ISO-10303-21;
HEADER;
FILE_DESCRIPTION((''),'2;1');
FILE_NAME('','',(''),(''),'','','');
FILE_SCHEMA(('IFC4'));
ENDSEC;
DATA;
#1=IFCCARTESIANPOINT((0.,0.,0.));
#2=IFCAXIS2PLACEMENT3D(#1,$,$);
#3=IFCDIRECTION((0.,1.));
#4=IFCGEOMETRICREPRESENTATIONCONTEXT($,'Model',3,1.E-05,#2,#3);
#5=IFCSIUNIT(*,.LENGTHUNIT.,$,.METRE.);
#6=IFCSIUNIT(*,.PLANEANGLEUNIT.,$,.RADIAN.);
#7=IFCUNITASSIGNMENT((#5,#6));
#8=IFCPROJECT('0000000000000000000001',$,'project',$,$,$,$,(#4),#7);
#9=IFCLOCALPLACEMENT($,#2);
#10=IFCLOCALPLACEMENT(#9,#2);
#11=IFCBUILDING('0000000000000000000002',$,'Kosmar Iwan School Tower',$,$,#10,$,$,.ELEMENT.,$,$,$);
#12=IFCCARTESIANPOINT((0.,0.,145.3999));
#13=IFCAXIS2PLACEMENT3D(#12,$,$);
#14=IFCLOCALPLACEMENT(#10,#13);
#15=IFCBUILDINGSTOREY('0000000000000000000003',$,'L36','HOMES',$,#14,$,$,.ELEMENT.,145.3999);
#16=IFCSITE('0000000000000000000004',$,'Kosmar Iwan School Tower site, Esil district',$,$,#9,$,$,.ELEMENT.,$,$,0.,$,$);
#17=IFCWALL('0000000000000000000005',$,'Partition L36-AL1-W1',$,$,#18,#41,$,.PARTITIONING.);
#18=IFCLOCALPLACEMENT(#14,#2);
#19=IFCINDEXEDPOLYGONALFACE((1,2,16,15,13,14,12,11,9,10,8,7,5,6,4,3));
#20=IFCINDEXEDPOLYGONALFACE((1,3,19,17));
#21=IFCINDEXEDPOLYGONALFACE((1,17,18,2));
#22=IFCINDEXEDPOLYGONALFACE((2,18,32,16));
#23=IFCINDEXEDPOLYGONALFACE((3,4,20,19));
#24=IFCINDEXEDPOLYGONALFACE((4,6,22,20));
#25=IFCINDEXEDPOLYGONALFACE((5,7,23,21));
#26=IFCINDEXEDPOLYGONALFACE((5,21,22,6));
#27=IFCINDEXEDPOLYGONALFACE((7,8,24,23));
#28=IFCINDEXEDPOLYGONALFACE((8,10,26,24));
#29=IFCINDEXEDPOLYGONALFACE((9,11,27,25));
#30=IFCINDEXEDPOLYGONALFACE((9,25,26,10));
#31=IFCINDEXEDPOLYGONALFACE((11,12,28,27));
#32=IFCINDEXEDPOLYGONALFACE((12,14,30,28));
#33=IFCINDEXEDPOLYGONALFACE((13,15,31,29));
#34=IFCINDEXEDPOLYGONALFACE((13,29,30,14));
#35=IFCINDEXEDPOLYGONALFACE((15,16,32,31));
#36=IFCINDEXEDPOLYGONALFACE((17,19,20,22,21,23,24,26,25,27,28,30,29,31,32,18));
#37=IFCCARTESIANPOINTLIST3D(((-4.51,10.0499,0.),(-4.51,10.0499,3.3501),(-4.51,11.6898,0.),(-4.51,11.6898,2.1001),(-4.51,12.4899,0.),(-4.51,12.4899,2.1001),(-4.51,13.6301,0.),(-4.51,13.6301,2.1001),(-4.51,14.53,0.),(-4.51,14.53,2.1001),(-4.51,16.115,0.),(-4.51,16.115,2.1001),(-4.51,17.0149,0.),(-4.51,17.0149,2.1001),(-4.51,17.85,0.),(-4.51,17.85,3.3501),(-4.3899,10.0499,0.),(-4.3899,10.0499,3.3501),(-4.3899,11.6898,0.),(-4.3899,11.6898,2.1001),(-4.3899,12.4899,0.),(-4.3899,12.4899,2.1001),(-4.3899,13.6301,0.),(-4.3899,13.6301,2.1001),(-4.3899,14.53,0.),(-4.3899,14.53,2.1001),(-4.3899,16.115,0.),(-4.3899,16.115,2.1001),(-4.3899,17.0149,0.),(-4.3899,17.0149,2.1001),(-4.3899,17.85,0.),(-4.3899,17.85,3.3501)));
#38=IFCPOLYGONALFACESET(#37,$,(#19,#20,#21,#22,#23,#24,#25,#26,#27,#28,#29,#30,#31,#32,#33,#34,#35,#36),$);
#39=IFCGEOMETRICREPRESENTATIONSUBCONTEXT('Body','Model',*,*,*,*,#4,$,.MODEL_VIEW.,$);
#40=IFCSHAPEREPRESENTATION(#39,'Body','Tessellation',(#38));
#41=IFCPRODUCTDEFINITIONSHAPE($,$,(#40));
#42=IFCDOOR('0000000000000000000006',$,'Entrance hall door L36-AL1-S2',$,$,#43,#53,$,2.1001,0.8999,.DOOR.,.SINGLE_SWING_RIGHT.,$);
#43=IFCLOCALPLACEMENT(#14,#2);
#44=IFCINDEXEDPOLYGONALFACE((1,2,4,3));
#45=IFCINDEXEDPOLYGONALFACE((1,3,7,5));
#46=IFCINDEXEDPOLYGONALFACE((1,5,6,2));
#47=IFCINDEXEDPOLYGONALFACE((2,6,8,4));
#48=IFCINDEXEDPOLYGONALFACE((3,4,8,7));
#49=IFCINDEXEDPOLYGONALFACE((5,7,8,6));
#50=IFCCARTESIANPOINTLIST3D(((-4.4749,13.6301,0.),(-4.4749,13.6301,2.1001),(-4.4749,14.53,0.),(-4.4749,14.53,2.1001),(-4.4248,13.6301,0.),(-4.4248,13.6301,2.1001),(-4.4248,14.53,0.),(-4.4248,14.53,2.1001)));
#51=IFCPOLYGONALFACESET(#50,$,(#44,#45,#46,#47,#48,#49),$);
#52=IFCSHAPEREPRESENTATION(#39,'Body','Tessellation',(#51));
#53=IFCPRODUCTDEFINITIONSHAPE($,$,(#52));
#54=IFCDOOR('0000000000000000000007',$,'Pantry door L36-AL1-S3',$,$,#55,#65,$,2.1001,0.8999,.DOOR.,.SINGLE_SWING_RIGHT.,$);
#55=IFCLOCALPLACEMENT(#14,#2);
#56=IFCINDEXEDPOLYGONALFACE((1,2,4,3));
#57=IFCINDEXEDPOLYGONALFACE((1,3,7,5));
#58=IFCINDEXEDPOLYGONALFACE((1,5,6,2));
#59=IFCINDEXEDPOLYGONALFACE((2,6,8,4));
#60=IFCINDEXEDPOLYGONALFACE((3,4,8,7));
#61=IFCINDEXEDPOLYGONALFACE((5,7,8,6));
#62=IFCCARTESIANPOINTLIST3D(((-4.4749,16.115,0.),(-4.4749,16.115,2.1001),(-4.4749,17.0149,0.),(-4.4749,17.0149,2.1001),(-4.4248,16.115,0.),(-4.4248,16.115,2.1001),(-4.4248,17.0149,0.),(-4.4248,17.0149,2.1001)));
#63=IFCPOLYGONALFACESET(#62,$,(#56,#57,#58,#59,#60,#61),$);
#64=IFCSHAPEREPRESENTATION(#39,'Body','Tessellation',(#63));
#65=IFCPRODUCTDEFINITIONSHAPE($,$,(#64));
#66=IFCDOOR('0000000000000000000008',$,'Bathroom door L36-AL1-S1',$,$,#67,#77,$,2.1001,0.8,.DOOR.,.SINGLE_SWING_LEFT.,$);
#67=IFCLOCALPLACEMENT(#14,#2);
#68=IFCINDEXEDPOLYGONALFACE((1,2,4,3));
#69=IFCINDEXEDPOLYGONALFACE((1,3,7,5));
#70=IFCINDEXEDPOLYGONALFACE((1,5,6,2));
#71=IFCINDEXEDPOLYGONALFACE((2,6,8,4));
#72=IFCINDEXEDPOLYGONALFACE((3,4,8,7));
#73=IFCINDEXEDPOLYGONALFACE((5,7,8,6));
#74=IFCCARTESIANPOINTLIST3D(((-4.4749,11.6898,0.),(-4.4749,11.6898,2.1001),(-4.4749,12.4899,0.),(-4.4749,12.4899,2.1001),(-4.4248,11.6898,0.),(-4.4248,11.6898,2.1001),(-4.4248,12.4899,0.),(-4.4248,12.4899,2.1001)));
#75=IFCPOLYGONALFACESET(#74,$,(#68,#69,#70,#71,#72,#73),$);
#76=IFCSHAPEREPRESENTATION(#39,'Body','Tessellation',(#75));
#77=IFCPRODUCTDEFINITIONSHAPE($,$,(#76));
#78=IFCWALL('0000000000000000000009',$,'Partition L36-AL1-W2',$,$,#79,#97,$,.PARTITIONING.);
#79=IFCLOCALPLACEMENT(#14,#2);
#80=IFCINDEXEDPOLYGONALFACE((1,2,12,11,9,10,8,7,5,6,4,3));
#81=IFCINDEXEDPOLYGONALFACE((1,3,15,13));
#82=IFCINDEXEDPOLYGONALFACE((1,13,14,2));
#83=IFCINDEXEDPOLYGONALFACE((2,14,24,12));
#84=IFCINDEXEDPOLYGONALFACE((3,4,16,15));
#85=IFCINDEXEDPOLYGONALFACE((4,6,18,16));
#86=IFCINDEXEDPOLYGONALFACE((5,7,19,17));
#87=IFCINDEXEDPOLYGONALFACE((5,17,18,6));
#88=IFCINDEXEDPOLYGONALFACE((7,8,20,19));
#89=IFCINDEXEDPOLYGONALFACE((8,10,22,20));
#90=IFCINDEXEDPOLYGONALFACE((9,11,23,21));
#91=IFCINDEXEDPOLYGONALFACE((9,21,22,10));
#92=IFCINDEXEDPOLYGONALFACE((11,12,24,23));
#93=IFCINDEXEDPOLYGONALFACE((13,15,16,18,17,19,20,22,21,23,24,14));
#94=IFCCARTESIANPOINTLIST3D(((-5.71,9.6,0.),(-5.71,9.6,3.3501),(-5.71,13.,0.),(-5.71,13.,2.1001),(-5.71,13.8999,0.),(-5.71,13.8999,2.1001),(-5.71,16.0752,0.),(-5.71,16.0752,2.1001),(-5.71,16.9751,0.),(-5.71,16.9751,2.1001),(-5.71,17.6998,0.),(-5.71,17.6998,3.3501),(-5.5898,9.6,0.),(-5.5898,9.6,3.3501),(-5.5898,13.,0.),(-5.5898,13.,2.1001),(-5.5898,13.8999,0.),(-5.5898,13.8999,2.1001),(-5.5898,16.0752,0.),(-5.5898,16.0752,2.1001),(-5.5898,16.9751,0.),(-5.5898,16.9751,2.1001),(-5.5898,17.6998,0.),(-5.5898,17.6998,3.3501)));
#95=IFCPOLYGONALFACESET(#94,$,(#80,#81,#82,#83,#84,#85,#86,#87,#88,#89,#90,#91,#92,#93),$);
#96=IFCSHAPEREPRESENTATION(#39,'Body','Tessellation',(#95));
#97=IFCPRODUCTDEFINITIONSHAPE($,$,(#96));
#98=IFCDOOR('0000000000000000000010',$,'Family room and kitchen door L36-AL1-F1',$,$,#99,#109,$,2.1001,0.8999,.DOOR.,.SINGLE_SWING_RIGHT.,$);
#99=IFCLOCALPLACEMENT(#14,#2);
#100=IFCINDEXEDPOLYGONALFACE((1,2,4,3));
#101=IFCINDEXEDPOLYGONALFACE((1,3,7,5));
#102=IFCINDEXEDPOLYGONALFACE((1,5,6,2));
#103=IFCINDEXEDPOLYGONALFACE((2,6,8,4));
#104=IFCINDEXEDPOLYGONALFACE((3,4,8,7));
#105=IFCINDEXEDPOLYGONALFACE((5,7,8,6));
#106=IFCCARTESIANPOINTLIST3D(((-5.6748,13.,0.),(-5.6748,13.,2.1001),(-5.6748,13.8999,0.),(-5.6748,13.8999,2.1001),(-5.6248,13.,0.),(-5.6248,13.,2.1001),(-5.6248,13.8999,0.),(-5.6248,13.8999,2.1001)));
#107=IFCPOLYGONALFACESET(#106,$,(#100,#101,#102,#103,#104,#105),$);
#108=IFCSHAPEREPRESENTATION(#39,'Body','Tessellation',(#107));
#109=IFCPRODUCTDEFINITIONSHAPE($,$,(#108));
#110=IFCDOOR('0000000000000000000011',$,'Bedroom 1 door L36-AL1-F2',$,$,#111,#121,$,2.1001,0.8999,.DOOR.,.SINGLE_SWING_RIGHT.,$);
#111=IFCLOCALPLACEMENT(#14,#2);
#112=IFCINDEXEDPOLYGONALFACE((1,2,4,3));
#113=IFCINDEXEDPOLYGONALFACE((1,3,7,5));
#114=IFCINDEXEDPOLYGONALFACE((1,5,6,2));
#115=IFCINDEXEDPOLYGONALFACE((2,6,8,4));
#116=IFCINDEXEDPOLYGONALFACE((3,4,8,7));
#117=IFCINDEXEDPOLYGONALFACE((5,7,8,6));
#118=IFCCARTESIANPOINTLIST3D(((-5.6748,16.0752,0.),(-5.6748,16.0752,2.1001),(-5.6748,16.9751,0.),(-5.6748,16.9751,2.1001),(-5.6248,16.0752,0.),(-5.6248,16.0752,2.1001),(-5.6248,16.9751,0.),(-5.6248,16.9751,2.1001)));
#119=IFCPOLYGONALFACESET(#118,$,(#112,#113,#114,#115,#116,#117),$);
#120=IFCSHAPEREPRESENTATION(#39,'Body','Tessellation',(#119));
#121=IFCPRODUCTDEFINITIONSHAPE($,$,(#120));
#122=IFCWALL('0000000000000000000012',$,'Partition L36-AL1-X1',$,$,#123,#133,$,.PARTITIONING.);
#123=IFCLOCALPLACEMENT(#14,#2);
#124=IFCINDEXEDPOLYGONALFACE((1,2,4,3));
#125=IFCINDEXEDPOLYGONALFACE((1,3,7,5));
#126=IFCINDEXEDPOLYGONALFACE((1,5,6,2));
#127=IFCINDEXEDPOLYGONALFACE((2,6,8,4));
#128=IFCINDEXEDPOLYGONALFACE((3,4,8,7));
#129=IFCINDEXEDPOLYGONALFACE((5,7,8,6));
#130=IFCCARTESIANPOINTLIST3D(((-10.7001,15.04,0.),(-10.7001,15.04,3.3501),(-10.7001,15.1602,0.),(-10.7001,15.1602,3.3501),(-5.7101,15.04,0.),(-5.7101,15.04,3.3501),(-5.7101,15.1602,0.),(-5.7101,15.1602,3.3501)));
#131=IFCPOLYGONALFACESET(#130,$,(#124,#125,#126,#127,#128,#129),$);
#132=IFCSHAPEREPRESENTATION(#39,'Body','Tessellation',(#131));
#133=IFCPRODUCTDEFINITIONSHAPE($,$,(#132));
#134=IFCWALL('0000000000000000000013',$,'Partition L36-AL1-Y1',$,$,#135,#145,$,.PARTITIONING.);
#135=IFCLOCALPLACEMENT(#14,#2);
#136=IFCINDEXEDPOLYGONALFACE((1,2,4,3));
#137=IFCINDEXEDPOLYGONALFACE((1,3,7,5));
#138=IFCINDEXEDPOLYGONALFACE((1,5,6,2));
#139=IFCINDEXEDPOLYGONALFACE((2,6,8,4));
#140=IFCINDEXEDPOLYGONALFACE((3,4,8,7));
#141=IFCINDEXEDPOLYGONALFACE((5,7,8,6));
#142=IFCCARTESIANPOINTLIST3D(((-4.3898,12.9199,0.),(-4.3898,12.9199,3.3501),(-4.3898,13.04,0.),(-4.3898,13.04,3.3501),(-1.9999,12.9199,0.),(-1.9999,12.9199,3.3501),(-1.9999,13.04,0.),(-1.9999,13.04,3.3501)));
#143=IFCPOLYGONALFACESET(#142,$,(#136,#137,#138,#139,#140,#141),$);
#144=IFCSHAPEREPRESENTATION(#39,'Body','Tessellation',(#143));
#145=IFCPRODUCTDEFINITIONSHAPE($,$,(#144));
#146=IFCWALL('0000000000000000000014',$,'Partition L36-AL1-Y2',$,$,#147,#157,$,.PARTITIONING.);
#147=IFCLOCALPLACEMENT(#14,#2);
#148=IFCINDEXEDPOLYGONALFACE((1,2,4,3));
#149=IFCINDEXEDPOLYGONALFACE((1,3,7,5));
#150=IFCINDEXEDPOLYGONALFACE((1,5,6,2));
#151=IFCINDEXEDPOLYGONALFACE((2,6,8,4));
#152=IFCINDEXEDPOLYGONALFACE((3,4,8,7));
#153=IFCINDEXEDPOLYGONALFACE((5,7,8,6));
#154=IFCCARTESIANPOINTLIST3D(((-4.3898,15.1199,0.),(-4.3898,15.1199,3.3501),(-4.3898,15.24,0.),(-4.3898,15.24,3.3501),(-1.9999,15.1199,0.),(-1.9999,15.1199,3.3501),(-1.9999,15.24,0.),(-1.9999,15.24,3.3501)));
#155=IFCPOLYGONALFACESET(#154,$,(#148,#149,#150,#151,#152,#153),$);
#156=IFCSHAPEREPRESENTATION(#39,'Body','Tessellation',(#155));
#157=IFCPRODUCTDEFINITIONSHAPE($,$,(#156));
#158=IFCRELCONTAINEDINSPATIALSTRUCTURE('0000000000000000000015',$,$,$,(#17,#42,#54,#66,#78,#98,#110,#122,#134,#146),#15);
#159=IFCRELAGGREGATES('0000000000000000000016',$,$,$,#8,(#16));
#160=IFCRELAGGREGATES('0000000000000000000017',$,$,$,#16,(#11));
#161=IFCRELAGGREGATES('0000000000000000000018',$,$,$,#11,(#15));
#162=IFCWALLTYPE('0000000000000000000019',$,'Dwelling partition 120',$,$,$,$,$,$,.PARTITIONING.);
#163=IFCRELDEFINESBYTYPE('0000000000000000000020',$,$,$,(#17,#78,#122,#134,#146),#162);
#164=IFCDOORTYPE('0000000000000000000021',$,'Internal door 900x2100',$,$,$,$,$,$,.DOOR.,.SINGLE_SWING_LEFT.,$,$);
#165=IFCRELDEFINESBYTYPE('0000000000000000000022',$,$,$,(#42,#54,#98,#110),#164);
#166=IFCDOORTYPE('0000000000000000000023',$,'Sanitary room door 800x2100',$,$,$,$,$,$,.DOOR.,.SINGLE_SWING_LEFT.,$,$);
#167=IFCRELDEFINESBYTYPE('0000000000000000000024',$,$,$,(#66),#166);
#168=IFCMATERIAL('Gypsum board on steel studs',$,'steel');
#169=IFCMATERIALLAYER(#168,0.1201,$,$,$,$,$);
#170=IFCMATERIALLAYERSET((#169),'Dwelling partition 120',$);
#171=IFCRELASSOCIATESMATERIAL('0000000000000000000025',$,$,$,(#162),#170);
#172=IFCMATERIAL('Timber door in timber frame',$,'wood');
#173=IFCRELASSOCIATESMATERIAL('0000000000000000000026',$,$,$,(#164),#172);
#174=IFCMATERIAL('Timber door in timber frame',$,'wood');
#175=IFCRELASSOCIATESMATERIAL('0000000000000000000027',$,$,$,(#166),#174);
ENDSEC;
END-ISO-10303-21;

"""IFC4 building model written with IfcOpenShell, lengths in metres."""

from ifc_helpers import new_model, si_unit, direction, frame, frame_2d, origin, place, context, subcontext, project, spatial, rectangle, extrude, material, layer, layer_set, type_object, element, fill, save


model = new_model("IFC4")

# Units and contexts
model_context = context("Model", 3, precision=1e-05, world=origin(), true_north=direction((0.0, 1.0)))
body_context = subcontext(model_context, "Body", "Model", "MODEL_VIEW")
ifc_project = project(units=[si_unit("LENGTHUNIT", "METRE"), si_unit("PLANEANGLEUNIT", "RADIAN")], contexts=[model_context])

# Site, building, storey
site_placement = place(None, origin())
site = spatial("IfcSite", under=ifc_project, at=site_placement, Name="Kosmar Iwan School Tower site, Esil district", CompositionType="ELEMENT", RefElevation=0.0)
building_placement = place(site_placement, origin())
building = spatial("IfcBuilding", under=site, at=building_placement, Name="Kosmar Iwan School Tower", CompositionType="ELEMENT")
storey_placement = place(building_placement, frame((0.0, 0.0, 145.3999)))
storey = spatial("IfcBuildingStorey", under=building, at=storey_placement, Name="L36", Description="HOMES", CompositionType="ELEMENT", Elevation=145.3999)

# Walls, openings, doors
ifc_material_1 = material(Name="Gypsum board on steel studs", Category="steel")
ifc_layer_1 = layer(ifc_material_1, 0.1201)
ifc_layer_set_1 = layer_set([ifc_layer_1], Name="Dwelling partition 120")
wall_type_1 = type_object("IfcWallType", Name="Dwelling partition 120", PredefinedType="PARTITIONING", material=ifc_layer_set_1)
wall_1_placement = place(storey_placement, frame((-4.45, 10.05, 0.0), z_axis=(0.0, 0.0, 1.0), x_axis=(0.0, 1.0, 0.0)))
wall_1 = element("IfcWall", 1, at=wall_1_placement, inside=storey, type_object=wall_type_1, Name="Partition L36-AL1-W1", PredefinedType="PARTITIONING", context=body_context, shape_type="SweptSolid", body=[
    extrude(rectangle(XDim=7.8, YDim=0.1201, at=frame_2d((3.8999, 0.0))), origin(), (0.0, 0.0, 1.0), 3.3501),
])
opening_1_placement = place(wall_1_placement, frame((1.6399, 0.0, 0.0)))
opening_1 = element("IfcOpeningElement", 2, at=opening_1_placement, cuts=wall_1, PredefinedType="OPENING", context=body_context, shape_type="SweptSolid", body=[
    extrude(rectangle(XDim=0.8, YDim=2.1001, at=frame_2d((0.3999, 1.05))), frame((0.0, 0.072, 0.0), z_axis=(0.0, -1.0, 0.0), x_axis=(1.0, 0.0, 0.0)), (0.0, 0.0, 1.0), 0.144),
])
opening_2_placement = place(wall_1_placement, frame((3.5801, 0.0, 0.0)))
opening_2 = element("IfcOpeningElement", 3, at=opening_2_placement, cuts=wall_1, PredefinedType="OPENING", context=body_context, shape_type="SweptSolid", body=[
    extrude(rectangle(XDim=0.8999, YDim=2.1001, at=frame_2d((0.45, 1.05))), frame((0.0, 0.072, 0.0), z_axis=(0.0, -1.0, 0.0), x_axis=(1.0, 0.0, 0.0)), (0.0, 0.0, 1.0), 0.144),
])
opening_3_placement = place(wall_1_placement, frame((6.0649, 0.0, 0.0)))
opening_3 = element("IfcOpeningElement", 4, at=opening_3_placement, cuts=wall_1, PredefinedType="OPENING", context=body_context, shape_type="SweptSolid", body=[
    extrude(rectangle(XDim=0.8999, YDim=2.1001, at=frame_2d((0.45, 1.05))), frame((0.0, 0.072, 0.0), z_axis=(0.0, -1.0, 0.0), x_axis=(1.0, 0.0, 0.0)), (0.0, 0.0, 1.0), 0.144),
])
ifc_material_2 = material(Name="Timber door in timber frame", Category="wood")
door_type_1 = type_object("IfcDoorType", Name="Internal door 900x2100", OperationType="SINGLE_SWING_LEFT", PredefinedType="DOOR", material=ifc_material_2)
door_1_placement = place(opening_2_placement, origin())
door_1 = element("IfcDoor", 5, at=door_1_placement, inside=storey, type_object=door_type_1, Name="Entrance hall door L36-AL1-S2", OperationType="SINGLE_SWING_RIGHT", OverallHeight=2.1001, OverallWidth=0.8999, PredefinedType="DOOR", context=body_context, shape_type="SweptSolid", body=[
    extrude(rectangle(XDim=0.8999, YDim=2.1001, at=frame_2d((0.45, 1.05))), frame((0.0, 0.0249, 0.0), z_axis=(0.0, -1.0, 0.0), x_axis=(1.0, 0.0, 0.0)), (0.0, 0.0, 1.0), 0.05),
])
fill(opening_2, door_1)
door_2_placement = place(opening_3_placement, origin())
door_2 = element("IfcDoor", 6, at=door_2_placement, inside=storey, type_object=door_type_1, Name="Pantry door L36-AL1-S3", OperationType="SINGLE_SWING_RIGHT", OverallHeight=2.1001, OverallWidth=0.8999, PredefinedType="DOOR", context=body_context, shape_type="SweptSolid", body=[
    extrude(rectangle(XDim=0.8999, YDim=2.1001, at=frame_2d((0.45, 1.05))), frame((0.0, 0.0249, 0.0), z_axis=(0.0, -1.0, 0.0), x_axis=(1.0, 0.0, 0.0)), (0.0, 0.0, 1.0), 0.05),
])
fill(opening_3, door_2)
ifc_material_3 = material(Name="Timber door in timber frame", Category="wood")
door_type_2 = type_object("IfcDoorType", Name="Sanitary room door 800x2100", OperationType="SINGLE_SWING_LEFT", PredefinedType="DOOR", material=ifc_material_3)
door_3_placement = place(opening_1_placement, origin())
door_3 = element("IfcDoor", 7, at=door_3_placement, inside=storey, type_object=door_type_2, Name="Bathroom door L36-AL1-S1", OperationType="SINGLE_SWING_LEFT", OverallHeight=2.1001, OverallWidth=0.8, PredefinedType="DOOR", context=body_context, shape_type="SweptSolid", body=[
    extrude(rectangle(XDim=0.8, YDim=2.1001, at=frame_2d((0.3999, 1.05))), frame((0.0, 0.0249, 0.0), z_axis=(0.0, -1.0, 0.0), x_axis=(1.0, 0.0, 0.0)), (0.0, 0.0, 1.0), 0.05),
])
fill(opening_1, door_3)
wall_2_placement = place(storey_placement, frame((-5.6499, 9.6001, 0.0), z_axis=(0.0, 0.0, 1.0), x_axis=(0.0, 1.0, 0.0)))
wall_2 = element("IfcWall", 8, at=wall_2_placement, inside=storey, type_object=wall_type_1, Name="Partition L36-AL1-W2", PredefinedType="PARTITIONING", context=body_context, shape_type="SweptSolid", body=[
    extrude(rectangle(XDim=8.0999, YDim=0.1201, at=frame_2d((4.0498, 0.0))), origin(), (0.0, 0.0, 1.0), 3.3501),
])
opening_4_placement = place(wall_2_placement, frame((3.3999, 0.0, 0.0)))
opening_4 = element("IfcOpeningElement", 9, at=opening_4_placement, cuts=wall_2, PredefinedType="OPENING", context=body_context, shape_type="SweptSolid", body=[
    extrude(rectangle(XDim=0.8999, YDim=2.1001, at=frame_2d((0.45, 1.05))), frame((0.0, 0.072, 0.0), z_axis=(0.0, -1.0, 0.0), x_axis=(1.0, 0.0, 0.0)), (0.0, 0.0, 1.0), 0.144),
])
opening_5_placement = place(wall_2_placement, frame((6.4751, 0.0, 0.0)))
opening_5 = element("IfcOpeningElement", 10, at=opening_5_placement, cuts=wall_2, PredefinedType="OPENING", context=body_context, shape_type="SweptSolid", body=[
    extrude(rectangle(XDim=0.8999, YDim=2.1001, at=frame_2d((0.45, 1.05))), frame((0.0, 0.072, 0.0), z_axis=(0.0, -1.0, 0.0), x_axis=(1.0, 0.0, 0.0)), (0.0, 0.0, 1.0), 0.144),
])
door_4_placement = place(opening_4_placement, origin())
door_4 = element("IfcDoor", 11, at=door_4_placement, inside=storey, type_object=door_type_1, Name="Family room and kitchen door L36-AL1-F1", OperationType="SINGLE_SWING_RIGHT", OverallHeight=2.1001, OverallWidth=0.8999, PredefinedType="DOOR", context=body_context, shape_type="SweptSolid", body=[
    extrude(rectangle(XDim=0.8999, YDim=2.1001, at=frame_2d((0.45, 1.05))), frame((0.0, 0.0249, 0.0), z_axis=(0.0, -1.0, 0.0), x_axis=(1.0, 0.0, 0.0)), (0.0, 0.0, 1.0), 0.05),
])
fill(opening_4, door_4)
door_5_placement = place(opening_5_placement, origin())
door_5 = element("IfcDoor", 12, at=door_5_placement, inside=storey, type_object=door_type_1, Name="Bedroom 1 door L36-AL1-F2", OperationType="SINGLE_SWING_RIGHT", OverallHeight=2.1001, OverallWidth=0.8999, PredefinedType="DOOR", context=body_context, shape_type="SweptSolid", body=[
    extrude(rectangle(XDim=0.8999, YDim=2.1001, at=frame_2d((0.45, 1.05))), frame((0.0, 0.0249, 0.0), z_axis=(0.0, -1.0, 0.0), x_axis=(1.0, 0.0, 0.0)), (0.0, 0.0, 1.0), 0.05),
])
fill(opening_5, door_5)

# Walls
wall_3_placement = place(storey_placement, frame((-5.71, 15.1001, 0.0), z_axis=(0.0, 0.0, 1.0), x_axis=(-1.0, 0.0, 0.0)))
element("IfcWall", 13, at=wall_3_placement, inside=storey, type_object=wall_type_1, Name="Partition L36-AL1-X1", PredefinedType="PARTITIONING", context=body_context, shape_type="SweptSolid", body=[
    extrude(rectangle(XDim=4.99, YDim=0.1201, at=frame_2d((2.4951, 0.0))), origin(), (0.0, 0.0, 1.0), 3.3501),
])
for number, where, z_axis, x_axis, name in (
    (14, (-2.0, 12.98, 0.0), (0.0, 0.0, 1.0), (-1.0, 0.0, 0.0), "Partition L36-AL1-Y1"),
    (15, (-2.0, 15.1799, 0.0), (0.0, 0.0, 1.0), (-1.0, 0.0, 0.0), "Partition L36-AL1-Y2"),
):
    element("IfcWall", number, at=place(storey_placement, frame(where, z_axis=z_axis, x_axis=x_axis)), inside=storey, type_object=wall_type_1, Name=name, PredefinedType="PARTITIONING", context=body_context, shape_type="SweptSolid", body=[
        extrude(rectangle(XDim=2.3899, YDim=0.1201, at=frame_2d((1.1948, 0.0))), origin(), (0.0, 0.0, 1.0), 3.3501),
    ])

save(model, "model.ifc")
